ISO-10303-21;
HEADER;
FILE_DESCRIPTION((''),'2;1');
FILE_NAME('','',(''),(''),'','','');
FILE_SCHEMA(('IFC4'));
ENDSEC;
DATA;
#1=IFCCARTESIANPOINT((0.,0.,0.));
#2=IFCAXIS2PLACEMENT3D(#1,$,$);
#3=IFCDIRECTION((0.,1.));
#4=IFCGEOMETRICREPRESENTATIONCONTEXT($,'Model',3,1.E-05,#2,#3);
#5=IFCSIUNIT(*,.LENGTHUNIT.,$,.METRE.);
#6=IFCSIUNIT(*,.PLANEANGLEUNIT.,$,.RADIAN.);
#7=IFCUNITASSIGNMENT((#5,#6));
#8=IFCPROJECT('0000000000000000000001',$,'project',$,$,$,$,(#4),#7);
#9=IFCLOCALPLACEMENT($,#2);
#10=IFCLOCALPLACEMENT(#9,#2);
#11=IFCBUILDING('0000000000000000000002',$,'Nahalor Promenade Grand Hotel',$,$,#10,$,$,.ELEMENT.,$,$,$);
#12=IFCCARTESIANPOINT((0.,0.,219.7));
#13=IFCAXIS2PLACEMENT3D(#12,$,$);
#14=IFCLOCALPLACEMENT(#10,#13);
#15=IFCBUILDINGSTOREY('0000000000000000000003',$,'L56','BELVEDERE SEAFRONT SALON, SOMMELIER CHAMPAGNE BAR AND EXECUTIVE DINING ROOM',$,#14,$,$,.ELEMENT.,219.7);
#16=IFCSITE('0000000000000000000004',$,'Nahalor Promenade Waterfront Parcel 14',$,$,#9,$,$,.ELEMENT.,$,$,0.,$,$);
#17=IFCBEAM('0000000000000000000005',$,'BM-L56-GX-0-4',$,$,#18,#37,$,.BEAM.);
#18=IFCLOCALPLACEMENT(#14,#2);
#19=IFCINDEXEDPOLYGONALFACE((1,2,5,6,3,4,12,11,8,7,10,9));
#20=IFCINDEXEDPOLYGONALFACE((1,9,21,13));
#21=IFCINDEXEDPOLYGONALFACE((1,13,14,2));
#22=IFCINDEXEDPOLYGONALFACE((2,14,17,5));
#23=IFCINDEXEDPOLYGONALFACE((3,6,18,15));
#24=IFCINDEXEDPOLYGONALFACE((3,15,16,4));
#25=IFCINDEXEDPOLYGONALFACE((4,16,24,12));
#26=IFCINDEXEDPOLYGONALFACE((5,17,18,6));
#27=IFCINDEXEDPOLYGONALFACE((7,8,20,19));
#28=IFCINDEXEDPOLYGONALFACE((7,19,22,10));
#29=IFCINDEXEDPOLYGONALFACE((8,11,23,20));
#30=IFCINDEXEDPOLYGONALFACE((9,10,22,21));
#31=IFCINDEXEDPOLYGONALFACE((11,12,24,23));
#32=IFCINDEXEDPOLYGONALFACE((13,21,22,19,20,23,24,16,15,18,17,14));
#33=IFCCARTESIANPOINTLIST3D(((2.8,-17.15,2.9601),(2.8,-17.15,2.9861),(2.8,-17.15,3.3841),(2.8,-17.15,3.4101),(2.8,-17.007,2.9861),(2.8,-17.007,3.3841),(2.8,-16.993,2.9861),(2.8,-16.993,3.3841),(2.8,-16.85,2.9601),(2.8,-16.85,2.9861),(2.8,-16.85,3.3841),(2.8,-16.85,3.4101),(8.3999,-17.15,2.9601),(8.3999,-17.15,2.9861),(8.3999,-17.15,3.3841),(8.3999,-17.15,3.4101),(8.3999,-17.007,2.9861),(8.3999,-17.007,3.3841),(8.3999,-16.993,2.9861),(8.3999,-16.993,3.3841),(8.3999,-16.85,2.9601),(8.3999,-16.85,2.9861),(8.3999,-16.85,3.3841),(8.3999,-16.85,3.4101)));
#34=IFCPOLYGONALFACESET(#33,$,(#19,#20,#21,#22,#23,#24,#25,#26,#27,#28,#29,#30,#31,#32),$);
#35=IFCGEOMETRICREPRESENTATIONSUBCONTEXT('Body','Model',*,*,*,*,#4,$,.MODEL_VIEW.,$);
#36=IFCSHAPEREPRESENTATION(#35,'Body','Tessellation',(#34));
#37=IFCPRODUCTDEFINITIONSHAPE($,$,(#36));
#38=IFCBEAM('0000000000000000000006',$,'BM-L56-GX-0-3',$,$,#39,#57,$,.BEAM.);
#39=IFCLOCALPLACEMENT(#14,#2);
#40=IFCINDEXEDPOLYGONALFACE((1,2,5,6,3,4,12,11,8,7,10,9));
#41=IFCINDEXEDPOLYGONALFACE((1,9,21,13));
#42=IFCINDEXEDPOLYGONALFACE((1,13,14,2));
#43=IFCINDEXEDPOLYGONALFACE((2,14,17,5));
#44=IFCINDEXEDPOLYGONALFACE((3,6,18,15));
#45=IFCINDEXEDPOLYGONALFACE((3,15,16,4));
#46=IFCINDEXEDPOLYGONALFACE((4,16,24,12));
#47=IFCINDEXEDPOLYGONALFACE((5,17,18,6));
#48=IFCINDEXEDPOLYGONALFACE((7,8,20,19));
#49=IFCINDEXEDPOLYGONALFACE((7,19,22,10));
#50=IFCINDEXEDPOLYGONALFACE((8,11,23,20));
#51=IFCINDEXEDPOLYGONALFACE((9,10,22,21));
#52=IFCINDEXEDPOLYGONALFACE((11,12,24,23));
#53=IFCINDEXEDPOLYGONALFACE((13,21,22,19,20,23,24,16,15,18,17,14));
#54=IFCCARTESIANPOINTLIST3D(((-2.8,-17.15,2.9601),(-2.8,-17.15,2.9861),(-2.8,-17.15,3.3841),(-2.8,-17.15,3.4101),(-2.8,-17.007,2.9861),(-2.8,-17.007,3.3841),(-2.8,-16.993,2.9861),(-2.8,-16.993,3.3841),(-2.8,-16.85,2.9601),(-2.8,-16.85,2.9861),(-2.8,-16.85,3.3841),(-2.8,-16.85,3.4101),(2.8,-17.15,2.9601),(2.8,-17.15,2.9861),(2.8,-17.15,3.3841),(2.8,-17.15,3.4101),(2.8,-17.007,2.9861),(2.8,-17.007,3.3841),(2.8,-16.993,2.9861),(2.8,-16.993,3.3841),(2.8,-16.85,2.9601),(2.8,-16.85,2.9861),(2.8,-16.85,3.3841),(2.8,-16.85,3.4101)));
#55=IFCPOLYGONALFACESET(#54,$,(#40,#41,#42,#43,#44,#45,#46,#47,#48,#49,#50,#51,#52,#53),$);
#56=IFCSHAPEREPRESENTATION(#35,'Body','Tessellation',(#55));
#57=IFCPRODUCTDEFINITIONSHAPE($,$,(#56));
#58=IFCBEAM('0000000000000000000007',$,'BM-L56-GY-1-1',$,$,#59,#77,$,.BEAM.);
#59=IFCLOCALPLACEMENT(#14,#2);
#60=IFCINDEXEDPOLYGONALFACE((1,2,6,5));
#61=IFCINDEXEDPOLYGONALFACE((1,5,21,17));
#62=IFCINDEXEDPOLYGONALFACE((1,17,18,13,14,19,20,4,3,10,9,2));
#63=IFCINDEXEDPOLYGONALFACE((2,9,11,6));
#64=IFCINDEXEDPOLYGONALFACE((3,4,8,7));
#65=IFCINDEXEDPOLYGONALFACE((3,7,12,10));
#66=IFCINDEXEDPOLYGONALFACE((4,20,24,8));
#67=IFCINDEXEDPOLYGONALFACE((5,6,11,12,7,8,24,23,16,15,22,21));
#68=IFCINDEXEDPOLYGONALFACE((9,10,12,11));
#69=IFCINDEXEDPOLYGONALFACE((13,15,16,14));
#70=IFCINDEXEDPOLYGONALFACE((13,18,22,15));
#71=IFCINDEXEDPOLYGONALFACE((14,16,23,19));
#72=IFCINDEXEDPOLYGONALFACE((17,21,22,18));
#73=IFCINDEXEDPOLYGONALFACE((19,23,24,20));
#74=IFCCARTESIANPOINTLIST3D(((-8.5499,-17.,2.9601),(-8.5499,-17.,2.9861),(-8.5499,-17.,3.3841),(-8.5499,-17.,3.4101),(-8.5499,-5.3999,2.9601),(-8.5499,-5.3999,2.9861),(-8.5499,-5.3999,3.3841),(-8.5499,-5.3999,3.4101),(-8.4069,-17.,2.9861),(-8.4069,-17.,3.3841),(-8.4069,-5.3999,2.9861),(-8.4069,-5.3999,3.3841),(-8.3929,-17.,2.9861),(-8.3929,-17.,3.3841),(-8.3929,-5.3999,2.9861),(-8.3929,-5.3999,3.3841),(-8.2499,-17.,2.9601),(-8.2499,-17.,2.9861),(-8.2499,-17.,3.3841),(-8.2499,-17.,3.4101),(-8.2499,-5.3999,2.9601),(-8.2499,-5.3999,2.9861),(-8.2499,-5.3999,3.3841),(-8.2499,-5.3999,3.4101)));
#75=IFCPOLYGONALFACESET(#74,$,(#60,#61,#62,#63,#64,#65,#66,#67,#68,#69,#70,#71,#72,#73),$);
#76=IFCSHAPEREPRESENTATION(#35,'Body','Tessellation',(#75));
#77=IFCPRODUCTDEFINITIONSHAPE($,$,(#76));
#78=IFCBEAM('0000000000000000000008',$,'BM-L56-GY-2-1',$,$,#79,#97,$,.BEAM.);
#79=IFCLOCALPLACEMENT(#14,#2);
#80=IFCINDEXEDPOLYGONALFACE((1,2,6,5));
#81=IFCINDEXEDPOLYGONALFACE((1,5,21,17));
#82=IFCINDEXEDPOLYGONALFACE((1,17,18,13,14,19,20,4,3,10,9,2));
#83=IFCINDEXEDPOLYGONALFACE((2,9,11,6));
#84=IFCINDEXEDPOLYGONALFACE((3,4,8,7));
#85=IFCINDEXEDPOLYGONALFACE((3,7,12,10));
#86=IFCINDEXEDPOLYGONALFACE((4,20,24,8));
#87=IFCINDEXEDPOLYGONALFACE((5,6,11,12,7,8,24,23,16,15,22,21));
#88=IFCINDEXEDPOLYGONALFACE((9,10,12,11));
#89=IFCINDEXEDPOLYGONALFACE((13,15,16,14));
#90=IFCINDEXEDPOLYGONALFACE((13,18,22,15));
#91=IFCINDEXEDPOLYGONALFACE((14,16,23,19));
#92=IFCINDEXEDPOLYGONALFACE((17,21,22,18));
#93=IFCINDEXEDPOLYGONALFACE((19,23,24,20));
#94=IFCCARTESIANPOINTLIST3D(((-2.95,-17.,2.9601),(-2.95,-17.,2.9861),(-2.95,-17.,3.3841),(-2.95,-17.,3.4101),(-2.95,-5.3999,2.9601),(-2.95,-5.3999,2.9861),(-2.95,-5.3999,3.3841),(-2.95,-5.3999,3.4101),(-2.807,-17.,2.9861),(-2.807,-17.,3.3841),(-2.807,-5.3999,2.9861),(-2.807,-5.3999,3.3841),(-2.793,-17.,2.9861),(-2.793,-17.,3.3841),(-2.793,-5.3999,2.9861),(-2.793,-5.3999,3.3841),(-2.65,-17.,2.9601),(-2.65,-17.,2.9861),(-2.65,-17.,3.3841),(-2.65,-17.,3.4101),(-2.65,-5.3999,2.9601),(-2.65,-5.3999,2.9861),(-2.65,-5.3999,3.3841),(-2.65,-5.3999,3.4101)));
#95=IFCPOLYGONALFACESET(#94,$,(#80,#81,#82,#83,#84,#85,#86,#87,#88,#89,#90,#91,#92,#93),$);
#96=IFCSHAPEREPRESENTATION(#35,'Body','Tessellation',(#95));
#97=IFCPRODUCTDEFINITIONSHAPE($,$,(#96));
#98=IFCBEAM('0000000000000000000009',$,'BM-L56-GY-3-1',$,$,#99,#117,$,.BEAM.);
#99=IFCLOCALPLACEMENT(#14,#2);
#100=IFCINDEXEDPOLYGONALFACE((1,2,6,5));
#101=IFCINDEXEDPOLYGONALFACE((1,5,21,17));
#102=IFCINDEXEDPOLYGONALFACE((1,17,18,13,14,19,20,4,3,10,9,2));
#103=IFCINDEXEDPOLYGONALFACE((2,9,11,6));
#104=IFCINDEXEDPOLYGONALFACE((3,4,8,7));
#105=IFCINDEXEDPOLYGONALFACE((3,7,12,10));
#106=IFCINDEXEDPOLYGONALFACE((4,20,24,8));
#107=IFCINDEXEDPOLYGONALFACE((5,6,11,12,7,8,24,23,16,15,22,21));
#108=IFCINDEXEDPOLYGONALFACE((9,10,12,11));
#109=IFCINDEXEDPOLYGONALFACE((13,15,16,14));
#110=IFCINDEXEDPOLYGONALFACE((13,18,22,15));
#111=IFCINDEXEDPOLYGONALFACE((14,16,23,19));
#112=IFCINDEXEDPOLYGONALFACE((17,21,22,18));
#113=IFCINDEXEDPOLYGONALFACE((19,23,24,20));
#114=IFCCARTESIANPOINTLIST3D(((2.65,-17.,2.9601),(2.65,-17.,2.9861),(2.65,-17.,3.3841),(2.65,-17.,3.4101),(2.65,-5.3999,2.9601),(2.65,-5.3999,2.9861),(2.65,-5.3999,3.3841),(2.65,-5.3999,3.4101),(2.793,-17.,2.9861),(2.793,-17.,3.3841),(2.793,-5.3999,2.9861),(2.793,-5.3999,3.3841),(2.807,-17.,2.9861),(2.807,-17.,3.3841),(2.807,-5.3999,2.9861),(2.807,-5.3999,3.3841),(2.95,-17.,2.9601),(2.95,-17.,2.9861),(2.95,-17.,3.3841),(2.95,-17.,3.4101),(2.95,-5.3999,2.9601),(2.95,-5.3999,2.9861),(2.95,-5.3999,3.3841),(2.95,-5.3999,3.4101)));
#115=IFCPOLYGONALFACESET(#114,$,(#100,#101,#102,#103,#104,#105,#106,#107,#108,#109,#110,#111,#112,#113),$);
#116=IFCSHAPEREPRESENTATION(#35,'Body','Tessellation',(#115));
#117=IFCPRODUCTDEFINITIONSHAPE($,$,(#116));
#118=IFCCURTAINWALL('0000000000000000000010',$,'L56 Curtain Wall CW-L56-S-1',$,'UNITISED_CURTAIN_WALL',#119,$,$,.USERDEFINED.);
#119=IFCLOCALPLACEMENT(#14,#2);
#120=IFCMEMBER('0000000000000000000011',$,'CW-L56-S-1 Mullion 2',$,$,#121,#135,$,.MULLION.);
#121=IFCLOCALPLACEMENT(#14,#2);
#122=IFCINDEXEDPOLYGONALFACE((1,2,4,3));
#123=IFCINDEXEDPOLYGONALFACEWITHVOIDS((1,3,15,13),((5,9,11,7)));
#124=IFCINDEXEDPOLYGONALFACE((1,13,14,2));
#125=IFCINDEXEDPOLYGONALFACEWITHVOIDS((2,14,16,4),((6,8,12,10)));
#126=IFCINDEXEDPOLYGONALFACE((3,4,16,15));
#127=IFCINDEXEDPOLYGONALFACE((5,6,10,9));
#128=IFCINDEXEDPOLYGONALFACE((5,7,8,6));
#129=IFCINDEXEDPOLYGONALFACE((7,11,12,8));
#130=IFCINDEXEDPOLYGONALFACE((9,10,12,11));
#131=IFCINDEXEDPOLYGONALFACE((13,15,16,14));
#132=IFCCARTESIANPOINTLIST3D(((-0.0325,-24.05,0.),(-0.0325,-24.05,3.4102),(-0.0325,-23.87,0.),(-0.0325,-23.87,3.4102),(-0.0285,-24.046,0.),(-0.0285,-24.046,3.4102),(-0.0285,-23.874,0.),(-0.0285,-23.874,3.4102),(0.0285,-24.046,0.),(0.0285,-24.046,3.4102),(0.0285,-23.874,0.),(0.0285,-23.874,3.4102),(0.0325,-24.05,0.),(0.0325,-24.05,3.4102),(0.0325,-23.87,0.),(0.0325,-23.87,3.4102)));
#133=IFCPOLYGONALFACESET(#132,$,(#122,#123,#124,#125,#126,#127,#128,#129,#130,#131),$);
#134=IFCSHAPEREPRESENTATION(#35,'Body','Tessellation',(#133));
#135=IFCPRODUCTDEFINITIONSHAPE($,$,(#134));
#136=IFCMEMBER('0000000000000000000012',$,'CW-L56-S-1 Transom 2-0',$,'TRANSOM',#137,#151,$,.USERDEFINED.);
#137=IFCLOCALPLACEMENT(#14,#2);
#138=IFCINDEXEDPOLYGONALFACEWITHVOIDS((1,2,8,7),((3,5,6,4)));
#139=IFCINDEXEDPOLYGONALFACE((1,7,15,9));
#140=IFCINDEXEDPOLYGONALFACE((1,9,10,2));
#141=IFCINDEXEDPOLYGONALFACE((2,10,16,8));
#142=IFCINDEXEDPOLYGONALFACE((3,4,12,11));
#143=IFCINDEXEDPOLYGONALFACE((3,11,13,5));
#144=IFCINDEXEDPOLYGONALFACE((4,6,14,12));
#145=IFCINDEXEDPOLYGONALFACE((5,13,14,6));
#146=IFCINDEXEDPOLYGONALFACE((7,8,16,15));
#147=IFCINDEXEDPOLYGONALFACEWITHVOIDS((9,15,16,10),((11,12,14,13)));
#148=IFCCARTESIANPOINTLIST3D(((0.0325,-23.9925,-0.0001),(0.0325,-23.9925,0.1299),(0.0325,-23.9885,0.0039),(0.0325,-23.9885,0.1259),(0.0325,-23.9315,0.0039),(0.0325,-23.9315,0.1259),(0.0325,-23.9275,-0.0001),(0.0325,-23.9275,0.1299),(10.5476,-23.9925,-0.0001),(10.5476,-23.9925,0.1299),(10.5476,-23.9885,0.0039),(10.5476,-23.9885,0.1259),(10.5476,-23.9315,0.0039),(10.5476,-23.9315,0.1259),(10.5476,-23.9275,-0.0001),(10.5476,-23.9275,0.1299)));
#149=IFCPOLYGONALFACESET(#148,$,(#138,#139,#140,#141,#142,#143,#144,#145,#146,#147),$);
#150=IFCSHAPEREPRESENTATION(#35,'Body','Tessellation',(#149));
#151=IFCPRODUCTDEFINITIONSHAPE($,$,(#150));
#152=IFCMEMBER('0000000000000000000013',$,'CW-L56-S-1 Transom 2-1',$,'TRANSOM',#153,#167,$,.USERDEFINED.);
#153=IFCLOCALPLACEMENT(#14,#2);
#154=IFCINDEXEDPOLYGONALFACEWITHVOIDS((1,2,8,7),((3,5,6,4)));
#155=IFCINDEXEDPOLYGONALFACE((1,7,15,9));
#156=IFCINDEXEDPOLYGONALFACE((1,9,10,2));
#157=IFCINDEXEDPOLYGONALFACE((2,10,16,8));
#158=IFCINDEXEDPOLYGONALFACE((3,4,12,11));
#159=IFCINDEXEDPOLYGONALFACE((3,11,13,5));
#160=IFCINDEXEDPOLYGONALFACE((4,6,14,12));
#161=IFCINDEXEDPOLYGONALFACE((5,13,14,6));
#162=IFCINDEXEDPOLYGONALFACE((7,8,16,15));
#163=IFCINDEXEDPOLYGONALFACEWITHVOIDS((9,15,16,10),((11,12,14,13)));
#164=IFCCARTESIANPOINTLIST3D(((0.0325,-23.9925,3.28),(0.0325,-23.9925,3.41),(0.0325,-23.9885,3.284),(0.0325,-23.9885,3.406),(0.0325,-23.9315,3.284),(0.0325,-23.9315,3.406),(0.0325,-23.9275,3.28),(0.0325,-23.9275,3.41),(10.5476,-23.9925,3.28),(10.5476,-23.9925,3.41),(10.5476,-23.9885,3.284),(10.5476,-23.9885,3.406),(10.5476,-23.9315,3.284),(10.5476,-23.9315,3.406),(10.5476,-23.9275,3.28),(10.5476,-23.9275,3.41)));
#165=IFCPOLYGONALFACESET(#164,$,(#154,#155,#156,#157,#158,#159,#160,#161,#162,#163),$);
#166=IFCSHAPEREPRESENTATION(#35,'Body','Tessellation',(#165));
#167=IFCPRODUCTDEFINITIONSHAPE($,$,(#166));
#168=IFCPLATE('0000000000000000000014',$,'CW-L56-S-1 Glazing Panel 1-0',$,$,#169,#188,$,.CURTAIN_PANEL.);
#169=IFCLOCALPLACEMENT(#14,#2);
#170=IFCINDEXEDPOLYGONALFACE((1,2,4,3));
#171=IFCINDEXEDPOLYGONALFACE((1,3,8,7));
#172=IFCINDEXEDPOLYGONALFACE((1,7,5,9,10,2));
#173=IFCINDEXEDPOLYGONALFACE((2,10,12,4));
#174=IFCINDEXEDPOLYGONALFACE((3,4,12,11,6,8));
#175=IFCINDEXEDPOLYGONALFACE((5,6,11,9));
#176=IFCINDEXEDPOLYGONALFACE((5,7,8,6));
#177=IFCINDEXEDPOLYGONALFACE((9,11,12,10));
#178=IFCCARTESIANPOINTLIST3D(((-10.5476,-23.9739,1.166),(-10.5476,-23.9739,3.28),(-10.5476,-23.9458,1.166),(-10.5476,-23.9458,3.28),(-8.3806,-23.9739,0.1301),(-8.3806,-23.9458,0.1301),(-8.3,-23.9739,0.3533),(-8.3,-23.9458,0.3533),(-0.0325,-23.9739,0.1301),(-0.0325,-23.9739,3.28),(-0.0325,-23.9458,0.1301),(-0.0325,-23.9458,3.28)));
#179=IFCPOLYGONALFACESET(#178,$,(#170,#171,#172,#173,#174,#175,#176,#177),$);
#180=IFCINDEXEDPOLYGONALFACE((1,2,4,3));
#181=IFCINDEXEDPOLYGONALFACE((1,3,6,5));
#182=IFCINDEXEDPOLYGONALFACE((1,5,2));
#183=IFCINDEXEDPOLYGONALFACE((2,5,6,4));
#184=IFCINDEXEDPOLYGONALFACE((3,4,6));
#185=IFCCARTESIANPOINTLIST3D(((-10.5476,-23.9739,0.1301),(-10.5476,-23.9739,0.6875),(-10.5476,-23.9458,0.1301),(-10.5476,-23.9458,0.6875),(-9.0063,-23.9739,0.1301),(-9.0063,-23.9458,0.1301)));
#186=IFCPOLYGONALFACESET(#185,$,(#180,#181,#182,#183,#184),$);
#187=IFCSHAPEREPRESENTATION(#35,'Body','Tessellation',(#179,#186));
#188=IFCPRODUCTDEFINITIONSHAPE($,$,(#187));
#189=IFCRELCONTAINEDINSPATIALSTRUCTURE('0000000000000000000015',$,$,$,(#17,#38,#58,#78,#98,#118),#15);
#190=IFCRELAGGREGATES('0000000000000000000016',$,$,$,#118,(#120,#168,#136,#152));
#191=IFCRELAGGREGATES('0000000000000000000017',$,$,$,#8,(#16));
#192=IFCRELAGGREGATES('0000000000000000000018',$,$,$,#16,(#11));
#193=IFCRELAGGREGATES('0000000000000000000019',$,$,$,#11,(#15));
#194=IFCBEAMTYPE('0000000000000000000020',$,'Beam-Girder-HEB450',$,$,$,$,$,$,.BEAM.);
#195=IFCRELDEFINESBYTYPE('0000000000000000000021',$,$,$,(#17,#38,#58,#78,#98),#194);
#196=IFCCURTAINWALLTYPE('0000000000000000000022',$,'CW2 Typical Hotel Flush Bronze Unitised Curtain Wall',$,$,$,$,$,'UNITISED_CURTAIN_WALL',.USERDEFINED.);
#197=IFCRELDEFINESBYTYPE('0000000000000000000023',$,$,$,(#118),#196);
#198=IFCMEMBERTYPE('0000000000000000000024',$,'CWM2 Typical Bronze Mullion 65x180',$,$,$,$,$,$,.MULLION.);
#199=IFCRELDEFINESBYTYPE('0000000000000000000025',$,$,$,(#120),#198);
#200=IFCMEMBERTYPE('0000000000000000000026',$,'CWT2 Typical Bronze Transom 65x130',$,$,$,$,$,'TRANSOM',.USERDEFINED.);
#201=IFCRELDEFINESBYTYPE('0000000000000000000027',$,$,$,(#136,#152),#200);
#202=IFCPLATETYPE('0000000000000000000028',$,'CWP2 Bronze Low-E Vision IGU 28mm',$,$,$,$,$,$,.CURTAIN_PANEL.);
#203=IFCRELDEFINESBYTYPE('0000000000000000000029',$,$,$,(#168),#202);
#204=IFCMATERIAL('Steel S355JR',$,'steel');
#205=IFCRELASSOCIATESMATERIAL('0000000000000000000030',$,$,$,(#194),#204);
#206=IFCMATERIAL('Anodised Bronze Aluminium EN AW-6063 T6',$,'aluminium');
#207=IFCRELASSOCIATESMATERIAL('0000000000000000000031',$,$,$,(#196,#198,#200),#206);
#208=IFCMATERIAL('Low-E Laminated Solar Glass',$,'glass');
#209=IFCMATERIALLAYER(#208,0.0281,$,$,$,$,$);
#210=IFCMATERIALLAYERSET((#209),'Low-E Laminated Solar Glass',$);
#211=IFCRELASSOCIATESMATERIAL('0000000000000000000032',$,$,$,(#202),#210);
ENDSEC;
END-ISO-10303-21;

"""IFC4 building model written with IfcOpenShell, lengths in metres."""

from ifc_helpers import new_model, si_unit, direction, frame, origin, origin_2d, place, context, subcontext, project, spatial, polyline, hollow_rectangle, i_section, outline, extrude, source, transform, mapped, material, layer, layer_set, material_profile, profile_set, type_object, element, aggregate, save


model = new_model("IFC4")

# Units and contexts
model_context = context("Model", 3, precision=1e-05, world=origin(), true_north=direction((0.0, 1.0)))
body_context = subcontext(model_context, "Body", "Model", "MODEL_VIEW")
ifc_project = project(units=[si_unit("LENGTHUNIT", "METRE"), si_unit("PLANEANGLEUNIT", "RADIAN")], contexts=[model_context])

# Site, building, storey
site_placement = place(None, origin())
site = spatial("IfcSite", under=ifc_project, at=site_placement, Name="Nahalor Promenade Waterfront Parcel 14", CompositionType="ELEMENT", RefElevation=0.0)
building_placement = place(site_placement, origin())
building = spatial("IfcBuilding", under=site, at=building_placement, Name="Nahalor Promenade Grand Hotel", CompositionType="ELEMENT")
storey_placement = place(building_placement, frame((0.0, 0.0, 219.7)))
storey = spatial("IfcBuildingStorey", under=building, at=storey_placement, Name="L56", Description="BELVEDERE SEAFRONT SALON, SOMMELIER CHAMPAGNE BAR AND EXECUTIVE DINING ROOM", CompositionType="ELEMENT", Elevation=219.7)

# Shared definitions
ifc_material_1 = material(Name="Steel S355JR", Category="steel")

# Beams
ifc_material_profile_1 = material_profile(ifc_material_1, i_section(OverallWidth=0.3, OverallDepth=0.45, WebThickness=0.014, FlangeThickness=0.026, at=origin_2d()), Name="HEB 450")
ifc_profile_set_1 = profile_set([ifc_material_profile_1], Name="Steel S355JR")
beam_type_1 = type_object("IfcBeamType", Name="Beam-Girder-HEB450", PredefinedType="BEAM", material=ifc_profile_set_1)
shared_shape_1 = source(origin(), body_context, "Body", "SweptSolid", [
    extrude(i_section(OverallWidth=0.3, OverallDepth=0.45, WebThickness=0.014, FlangeThickness=0.026, at=origin_2d()), origin(), (0.0, 0.0, 1.0), 5.5999),
])
for number, where, z_axis, x_axis, name in (
    (1, (2.8, -17.0, 3.1851), (1.0, 0.0, 0.0), (0.0, 1.0, 0.0), "BM-L56-GX-0-4"),
):
    element("IfcBeam", number, at=place(storey_placement, frame(where, z_axis=z_axis, x_axis=x_axis)), inside=storey, type_object=beam_type_1, Name=name, PredefinedType="BEAM", context=body_context, shape_type="MappedRepresentation", body=[
        mapped(shared_shape_1, transform((0.0, 0.0, 0.0), scale=1.0)),
    ])
shared_shape_2 = source(origin(), body_context, "Body", "SweptSolid", [
    extrude(i_section(OverallWidth=0.3, OverallDepth=0.45, WebThickness=0.014, FlangeThickness=0.026, at=origin_2d()), origin(), (0.0, 0.0, 1.0), 5.6001),
])
beam_1_placement = place(storey_placement, frame((-2.8, -17.0, 3.1851), z_axis=(1.0, 0.0, 0.0), x_axis=(0.0, 1.0, 0.0)))
element("IfcBeam", 2, at=beam_1_placement, inside=storey, type_object=beam_type_1, Name="BM-L56-GX-0-3", PredefinedType="BEAM", context=body_context, shape_type="MappedRepresentation", body=[
    mapped(shared_shape_2, transform((0.0, 0.0, 0.0), scale=1.0)),
])
shared_shape_3 = source(origin(), body_context, "Body", "SweptSolid", [
    extrude(i_section(OverallWidth=0.3, OverallDepth=0.45, WebThickness=0.014, FlangeThickness=0.026, at=origin_2d()), origin(), (0.0, 0.0, 1.0), 11.6001),
])
for number, where, z_axis, x_axis, name in (
    (3, (-8.3999, -17.0, 3.1851), (0.0, 1.0, 0.0), (-1.0, 0.0, 0.0), "BM-L56-GY-1-1"),
    (4, (-2.8, -17.0, 3.1851), (0.0, 1.0, 0.0), (-1.0, 0.0, 0.0), "BM-L56-GY-2-1"),
    (5, (2.8, -17.0, 3.1851), (0.0, 1.0, 0.0), (-1.0, 0.0, 0.0), "BM-L56-GY-3-1"),
):
    element("IfcBeam", number, at=place(storey_placement, frame(where, z_axis=z_axis, x_axis=x_axis)), inside=storey, type_object=beam_type_1, Name=name, PredefinedType="BEAM", context=body_context, shape_type="MappedRepresentation", body=[
        mapped(shared_shape_3, transform((0.0, 0.0, 0.0), scale=1.0)),
    ])

# Curtain wall, members, plate
ifc_material_2 = material(Name="Anodised Bronze Aluminium EN AW-6063 T6", Category="aluminium")
curtain_wall_type = type_object("IfcCurtainWallType", Name="CW2 Typical Hotel Flush Bronze Unitised Curtain Wall", ElementType="UNITISED_CURTAIN_WALL", PredefinedType="USERDEFINED", material=ifc_material_2)
curtain_wall_placement = place(storey_placement, origin())
curtain_wall = element("IfcCurtainWall", 6, at=curtain_wall_placement, inside=storey, type_object=curtain_wall_type, Name="L56 Curtain Wall CW-L56-S-1", ObjectType="UNITISED_CURTAIN_WALL", PredefinedType="USERDEFINED")
ifc_material_profile_2 = material_profile(ifc_material_2, hollow_rectangle(XDim=0.065, YDim=0.18, WallThickness=0.004, at=origin_2d()), Name="CWM 65x180x4")
ifc_profile_set_2 = profile_set([ifc_material_profile_2], Name="Anodised Bronze Aluminium EN AW-6063 T6")
member_type_1 = type_object("IfcMemberType", Name="CWM2 Typical Bronze Mullion 65x180", PredefinedType="MULLION", material=ifc_profile_set_2)
shared_shape_4 = source(origin(), body_context, "Body", "SweptSolid", [
    extrude(hollow_rectangle(XDim=0.065, YDim=0.18, WallThickness=0.004, at=origin_2d()), origin(), (0.0, 0.0, 1.0), 3.4102),
])
member_1_placement = place(storey_placement, frame((0.0, -23.96, 0.0), z_axis=(0.0, 0.0, 1.0), x_axis=(1.0, 0.0, 0.0)))
member_1 = element("IfcMember", 7, at=member_1_placement, type_object=member_type_1, Name="CW-L56-S-1 Mullion 2", PredefinedType="MULLION", context=body_context, shape_type="MappedRepresentation", body=[
    mapped(shared_shape_4, transform((0.0, 0.0, 0.0), scale=1.0)),
])
ifc_material_profile_3 = material_profile(ifc_material_2, hollow_rectangle(XDim=0.065, YDim=0.13, WallThickness=0.004, at=origin_2d()), Name="CWT 65x130x4")
ifc_profile_set_3 = profile_set([ifc_material_profile_3], Name="Anodised Bronze Aluminium EN AW-6063 T6")
member_type_2 = type_object("IfcMemberType", Name="CWT2 Typical Bronze Transom 65x130", ElementType="TRANSOM", PredefinedType="USERDEFINED", material=ifc_profile_set_3)
shared_shape_5 = source(origin(), body_context, "Body", "SweptSolid", [
    extrude(hollow_rectangle(XDim=0.065, YDim=0.13, WallThickness=0.004, at=origin_2d()), origin(), (0.0, 0.0, 1.0), 10.5151),
])
member_2_placement = place(storey_placement, frame((0.0325, -23.96, 0.0649), z_axis=(1.0, 0.0, 0.0), x_axis=(0.0, 1.0, 0.0)))
member_2 = element("IfcMember", 8, at=member_2_placement, type_object=member_type_2, Name="CW-L56-S-1 Transom 2-0", ObjectType="TRANSOM", PredefinedType="USERDEFINED", context=body_context, shape_type="MappedRepresentation", body=[
    mapped(shared_shape_5, transform((0.0, 0.0, 0.0), scale=1.0)),
])
member_3_placement = place(storey_placement, frame((0.0325, -23.96, 3.345), z_axis=(1.0, 0.0, 0.0), x_axis=(0.0, 1.0, 0.0)))
member_3 = element("IfcMember", 9, at=member_3_placement, type_object=member_type_2, Name="CW-L56-S-1 Transom 2-1", ObjectType="TRANSOM", PredefinedType="USERDEFINED", context=body_context, shape_type="MappedRepresentation", body=[
    mapped(shared_shape_5, transform((0.0, 0.0, 0.0), scale=1.0)),
])
ifc_material_3 = material(Name="Low-E Laminated Solar Glass", Category="glass")
ifc_layer_1 = layer(ifc_material_3, 0.0281)
ifc_layer_set_1 = layer_set([ifc_layer_1], Name="Low-E Laminated Solar Glass")
plate_type = type_object("IfcPlateType", Name="CWP2 Bronze Low-E Vision IGU 28mm", PredefinedType="CURTAIN_PANEL", material=ifc_layer_set_1)
plate_1_placement = place(storey_placement, frame((-5.29, -23.96, 0.1301), z_axis=(0.0, 0.0, 1.0), x_axis=(1.0, 0.0, 0.0)))
plate_1 = element("IfcPlate", 10, at=plate_1_placement, type_object=plate_type, Name="CW-L56-S-1 Glazing Panel 1-0", PredefinedType="CURTAIN_PANEL", context=body_context, shape_type="SweptSolid", body=[
    extrude(outline(polyline([(5.2576, 3.1499), (-5.2576, 3.1499), (-5.2576, 1.0359), (-3.01, 0.2231), (-3.0906, 0.0), (5.2576, 0.0), (5.2576, 3.1499)])), frame((0.0, 0.0142, 0.0), z_axis=(0.0, -1.0, 0.0), x_axis=(1.0, 0.0, 0.0)), (0.0, 0.0, 1.0), 0.0281),
    extrude(outline(polyline([(-5.2576, 0.5574), (-5.2576, 0.0), (-3.7163, 0.0), (-5.2576, 0.5574)])), frame((0.0, 0.0142, 0.0), z_axis=(0.0, -1.0, 0.0), x_axis=(1.0, 0.0, 0.0)), (0.0, 0.0, 1.0), 0.0281),
])
aggregate(curtain_wall, [member_1, plate_1, member_2, member_3])

save(model, "model.ifc")
